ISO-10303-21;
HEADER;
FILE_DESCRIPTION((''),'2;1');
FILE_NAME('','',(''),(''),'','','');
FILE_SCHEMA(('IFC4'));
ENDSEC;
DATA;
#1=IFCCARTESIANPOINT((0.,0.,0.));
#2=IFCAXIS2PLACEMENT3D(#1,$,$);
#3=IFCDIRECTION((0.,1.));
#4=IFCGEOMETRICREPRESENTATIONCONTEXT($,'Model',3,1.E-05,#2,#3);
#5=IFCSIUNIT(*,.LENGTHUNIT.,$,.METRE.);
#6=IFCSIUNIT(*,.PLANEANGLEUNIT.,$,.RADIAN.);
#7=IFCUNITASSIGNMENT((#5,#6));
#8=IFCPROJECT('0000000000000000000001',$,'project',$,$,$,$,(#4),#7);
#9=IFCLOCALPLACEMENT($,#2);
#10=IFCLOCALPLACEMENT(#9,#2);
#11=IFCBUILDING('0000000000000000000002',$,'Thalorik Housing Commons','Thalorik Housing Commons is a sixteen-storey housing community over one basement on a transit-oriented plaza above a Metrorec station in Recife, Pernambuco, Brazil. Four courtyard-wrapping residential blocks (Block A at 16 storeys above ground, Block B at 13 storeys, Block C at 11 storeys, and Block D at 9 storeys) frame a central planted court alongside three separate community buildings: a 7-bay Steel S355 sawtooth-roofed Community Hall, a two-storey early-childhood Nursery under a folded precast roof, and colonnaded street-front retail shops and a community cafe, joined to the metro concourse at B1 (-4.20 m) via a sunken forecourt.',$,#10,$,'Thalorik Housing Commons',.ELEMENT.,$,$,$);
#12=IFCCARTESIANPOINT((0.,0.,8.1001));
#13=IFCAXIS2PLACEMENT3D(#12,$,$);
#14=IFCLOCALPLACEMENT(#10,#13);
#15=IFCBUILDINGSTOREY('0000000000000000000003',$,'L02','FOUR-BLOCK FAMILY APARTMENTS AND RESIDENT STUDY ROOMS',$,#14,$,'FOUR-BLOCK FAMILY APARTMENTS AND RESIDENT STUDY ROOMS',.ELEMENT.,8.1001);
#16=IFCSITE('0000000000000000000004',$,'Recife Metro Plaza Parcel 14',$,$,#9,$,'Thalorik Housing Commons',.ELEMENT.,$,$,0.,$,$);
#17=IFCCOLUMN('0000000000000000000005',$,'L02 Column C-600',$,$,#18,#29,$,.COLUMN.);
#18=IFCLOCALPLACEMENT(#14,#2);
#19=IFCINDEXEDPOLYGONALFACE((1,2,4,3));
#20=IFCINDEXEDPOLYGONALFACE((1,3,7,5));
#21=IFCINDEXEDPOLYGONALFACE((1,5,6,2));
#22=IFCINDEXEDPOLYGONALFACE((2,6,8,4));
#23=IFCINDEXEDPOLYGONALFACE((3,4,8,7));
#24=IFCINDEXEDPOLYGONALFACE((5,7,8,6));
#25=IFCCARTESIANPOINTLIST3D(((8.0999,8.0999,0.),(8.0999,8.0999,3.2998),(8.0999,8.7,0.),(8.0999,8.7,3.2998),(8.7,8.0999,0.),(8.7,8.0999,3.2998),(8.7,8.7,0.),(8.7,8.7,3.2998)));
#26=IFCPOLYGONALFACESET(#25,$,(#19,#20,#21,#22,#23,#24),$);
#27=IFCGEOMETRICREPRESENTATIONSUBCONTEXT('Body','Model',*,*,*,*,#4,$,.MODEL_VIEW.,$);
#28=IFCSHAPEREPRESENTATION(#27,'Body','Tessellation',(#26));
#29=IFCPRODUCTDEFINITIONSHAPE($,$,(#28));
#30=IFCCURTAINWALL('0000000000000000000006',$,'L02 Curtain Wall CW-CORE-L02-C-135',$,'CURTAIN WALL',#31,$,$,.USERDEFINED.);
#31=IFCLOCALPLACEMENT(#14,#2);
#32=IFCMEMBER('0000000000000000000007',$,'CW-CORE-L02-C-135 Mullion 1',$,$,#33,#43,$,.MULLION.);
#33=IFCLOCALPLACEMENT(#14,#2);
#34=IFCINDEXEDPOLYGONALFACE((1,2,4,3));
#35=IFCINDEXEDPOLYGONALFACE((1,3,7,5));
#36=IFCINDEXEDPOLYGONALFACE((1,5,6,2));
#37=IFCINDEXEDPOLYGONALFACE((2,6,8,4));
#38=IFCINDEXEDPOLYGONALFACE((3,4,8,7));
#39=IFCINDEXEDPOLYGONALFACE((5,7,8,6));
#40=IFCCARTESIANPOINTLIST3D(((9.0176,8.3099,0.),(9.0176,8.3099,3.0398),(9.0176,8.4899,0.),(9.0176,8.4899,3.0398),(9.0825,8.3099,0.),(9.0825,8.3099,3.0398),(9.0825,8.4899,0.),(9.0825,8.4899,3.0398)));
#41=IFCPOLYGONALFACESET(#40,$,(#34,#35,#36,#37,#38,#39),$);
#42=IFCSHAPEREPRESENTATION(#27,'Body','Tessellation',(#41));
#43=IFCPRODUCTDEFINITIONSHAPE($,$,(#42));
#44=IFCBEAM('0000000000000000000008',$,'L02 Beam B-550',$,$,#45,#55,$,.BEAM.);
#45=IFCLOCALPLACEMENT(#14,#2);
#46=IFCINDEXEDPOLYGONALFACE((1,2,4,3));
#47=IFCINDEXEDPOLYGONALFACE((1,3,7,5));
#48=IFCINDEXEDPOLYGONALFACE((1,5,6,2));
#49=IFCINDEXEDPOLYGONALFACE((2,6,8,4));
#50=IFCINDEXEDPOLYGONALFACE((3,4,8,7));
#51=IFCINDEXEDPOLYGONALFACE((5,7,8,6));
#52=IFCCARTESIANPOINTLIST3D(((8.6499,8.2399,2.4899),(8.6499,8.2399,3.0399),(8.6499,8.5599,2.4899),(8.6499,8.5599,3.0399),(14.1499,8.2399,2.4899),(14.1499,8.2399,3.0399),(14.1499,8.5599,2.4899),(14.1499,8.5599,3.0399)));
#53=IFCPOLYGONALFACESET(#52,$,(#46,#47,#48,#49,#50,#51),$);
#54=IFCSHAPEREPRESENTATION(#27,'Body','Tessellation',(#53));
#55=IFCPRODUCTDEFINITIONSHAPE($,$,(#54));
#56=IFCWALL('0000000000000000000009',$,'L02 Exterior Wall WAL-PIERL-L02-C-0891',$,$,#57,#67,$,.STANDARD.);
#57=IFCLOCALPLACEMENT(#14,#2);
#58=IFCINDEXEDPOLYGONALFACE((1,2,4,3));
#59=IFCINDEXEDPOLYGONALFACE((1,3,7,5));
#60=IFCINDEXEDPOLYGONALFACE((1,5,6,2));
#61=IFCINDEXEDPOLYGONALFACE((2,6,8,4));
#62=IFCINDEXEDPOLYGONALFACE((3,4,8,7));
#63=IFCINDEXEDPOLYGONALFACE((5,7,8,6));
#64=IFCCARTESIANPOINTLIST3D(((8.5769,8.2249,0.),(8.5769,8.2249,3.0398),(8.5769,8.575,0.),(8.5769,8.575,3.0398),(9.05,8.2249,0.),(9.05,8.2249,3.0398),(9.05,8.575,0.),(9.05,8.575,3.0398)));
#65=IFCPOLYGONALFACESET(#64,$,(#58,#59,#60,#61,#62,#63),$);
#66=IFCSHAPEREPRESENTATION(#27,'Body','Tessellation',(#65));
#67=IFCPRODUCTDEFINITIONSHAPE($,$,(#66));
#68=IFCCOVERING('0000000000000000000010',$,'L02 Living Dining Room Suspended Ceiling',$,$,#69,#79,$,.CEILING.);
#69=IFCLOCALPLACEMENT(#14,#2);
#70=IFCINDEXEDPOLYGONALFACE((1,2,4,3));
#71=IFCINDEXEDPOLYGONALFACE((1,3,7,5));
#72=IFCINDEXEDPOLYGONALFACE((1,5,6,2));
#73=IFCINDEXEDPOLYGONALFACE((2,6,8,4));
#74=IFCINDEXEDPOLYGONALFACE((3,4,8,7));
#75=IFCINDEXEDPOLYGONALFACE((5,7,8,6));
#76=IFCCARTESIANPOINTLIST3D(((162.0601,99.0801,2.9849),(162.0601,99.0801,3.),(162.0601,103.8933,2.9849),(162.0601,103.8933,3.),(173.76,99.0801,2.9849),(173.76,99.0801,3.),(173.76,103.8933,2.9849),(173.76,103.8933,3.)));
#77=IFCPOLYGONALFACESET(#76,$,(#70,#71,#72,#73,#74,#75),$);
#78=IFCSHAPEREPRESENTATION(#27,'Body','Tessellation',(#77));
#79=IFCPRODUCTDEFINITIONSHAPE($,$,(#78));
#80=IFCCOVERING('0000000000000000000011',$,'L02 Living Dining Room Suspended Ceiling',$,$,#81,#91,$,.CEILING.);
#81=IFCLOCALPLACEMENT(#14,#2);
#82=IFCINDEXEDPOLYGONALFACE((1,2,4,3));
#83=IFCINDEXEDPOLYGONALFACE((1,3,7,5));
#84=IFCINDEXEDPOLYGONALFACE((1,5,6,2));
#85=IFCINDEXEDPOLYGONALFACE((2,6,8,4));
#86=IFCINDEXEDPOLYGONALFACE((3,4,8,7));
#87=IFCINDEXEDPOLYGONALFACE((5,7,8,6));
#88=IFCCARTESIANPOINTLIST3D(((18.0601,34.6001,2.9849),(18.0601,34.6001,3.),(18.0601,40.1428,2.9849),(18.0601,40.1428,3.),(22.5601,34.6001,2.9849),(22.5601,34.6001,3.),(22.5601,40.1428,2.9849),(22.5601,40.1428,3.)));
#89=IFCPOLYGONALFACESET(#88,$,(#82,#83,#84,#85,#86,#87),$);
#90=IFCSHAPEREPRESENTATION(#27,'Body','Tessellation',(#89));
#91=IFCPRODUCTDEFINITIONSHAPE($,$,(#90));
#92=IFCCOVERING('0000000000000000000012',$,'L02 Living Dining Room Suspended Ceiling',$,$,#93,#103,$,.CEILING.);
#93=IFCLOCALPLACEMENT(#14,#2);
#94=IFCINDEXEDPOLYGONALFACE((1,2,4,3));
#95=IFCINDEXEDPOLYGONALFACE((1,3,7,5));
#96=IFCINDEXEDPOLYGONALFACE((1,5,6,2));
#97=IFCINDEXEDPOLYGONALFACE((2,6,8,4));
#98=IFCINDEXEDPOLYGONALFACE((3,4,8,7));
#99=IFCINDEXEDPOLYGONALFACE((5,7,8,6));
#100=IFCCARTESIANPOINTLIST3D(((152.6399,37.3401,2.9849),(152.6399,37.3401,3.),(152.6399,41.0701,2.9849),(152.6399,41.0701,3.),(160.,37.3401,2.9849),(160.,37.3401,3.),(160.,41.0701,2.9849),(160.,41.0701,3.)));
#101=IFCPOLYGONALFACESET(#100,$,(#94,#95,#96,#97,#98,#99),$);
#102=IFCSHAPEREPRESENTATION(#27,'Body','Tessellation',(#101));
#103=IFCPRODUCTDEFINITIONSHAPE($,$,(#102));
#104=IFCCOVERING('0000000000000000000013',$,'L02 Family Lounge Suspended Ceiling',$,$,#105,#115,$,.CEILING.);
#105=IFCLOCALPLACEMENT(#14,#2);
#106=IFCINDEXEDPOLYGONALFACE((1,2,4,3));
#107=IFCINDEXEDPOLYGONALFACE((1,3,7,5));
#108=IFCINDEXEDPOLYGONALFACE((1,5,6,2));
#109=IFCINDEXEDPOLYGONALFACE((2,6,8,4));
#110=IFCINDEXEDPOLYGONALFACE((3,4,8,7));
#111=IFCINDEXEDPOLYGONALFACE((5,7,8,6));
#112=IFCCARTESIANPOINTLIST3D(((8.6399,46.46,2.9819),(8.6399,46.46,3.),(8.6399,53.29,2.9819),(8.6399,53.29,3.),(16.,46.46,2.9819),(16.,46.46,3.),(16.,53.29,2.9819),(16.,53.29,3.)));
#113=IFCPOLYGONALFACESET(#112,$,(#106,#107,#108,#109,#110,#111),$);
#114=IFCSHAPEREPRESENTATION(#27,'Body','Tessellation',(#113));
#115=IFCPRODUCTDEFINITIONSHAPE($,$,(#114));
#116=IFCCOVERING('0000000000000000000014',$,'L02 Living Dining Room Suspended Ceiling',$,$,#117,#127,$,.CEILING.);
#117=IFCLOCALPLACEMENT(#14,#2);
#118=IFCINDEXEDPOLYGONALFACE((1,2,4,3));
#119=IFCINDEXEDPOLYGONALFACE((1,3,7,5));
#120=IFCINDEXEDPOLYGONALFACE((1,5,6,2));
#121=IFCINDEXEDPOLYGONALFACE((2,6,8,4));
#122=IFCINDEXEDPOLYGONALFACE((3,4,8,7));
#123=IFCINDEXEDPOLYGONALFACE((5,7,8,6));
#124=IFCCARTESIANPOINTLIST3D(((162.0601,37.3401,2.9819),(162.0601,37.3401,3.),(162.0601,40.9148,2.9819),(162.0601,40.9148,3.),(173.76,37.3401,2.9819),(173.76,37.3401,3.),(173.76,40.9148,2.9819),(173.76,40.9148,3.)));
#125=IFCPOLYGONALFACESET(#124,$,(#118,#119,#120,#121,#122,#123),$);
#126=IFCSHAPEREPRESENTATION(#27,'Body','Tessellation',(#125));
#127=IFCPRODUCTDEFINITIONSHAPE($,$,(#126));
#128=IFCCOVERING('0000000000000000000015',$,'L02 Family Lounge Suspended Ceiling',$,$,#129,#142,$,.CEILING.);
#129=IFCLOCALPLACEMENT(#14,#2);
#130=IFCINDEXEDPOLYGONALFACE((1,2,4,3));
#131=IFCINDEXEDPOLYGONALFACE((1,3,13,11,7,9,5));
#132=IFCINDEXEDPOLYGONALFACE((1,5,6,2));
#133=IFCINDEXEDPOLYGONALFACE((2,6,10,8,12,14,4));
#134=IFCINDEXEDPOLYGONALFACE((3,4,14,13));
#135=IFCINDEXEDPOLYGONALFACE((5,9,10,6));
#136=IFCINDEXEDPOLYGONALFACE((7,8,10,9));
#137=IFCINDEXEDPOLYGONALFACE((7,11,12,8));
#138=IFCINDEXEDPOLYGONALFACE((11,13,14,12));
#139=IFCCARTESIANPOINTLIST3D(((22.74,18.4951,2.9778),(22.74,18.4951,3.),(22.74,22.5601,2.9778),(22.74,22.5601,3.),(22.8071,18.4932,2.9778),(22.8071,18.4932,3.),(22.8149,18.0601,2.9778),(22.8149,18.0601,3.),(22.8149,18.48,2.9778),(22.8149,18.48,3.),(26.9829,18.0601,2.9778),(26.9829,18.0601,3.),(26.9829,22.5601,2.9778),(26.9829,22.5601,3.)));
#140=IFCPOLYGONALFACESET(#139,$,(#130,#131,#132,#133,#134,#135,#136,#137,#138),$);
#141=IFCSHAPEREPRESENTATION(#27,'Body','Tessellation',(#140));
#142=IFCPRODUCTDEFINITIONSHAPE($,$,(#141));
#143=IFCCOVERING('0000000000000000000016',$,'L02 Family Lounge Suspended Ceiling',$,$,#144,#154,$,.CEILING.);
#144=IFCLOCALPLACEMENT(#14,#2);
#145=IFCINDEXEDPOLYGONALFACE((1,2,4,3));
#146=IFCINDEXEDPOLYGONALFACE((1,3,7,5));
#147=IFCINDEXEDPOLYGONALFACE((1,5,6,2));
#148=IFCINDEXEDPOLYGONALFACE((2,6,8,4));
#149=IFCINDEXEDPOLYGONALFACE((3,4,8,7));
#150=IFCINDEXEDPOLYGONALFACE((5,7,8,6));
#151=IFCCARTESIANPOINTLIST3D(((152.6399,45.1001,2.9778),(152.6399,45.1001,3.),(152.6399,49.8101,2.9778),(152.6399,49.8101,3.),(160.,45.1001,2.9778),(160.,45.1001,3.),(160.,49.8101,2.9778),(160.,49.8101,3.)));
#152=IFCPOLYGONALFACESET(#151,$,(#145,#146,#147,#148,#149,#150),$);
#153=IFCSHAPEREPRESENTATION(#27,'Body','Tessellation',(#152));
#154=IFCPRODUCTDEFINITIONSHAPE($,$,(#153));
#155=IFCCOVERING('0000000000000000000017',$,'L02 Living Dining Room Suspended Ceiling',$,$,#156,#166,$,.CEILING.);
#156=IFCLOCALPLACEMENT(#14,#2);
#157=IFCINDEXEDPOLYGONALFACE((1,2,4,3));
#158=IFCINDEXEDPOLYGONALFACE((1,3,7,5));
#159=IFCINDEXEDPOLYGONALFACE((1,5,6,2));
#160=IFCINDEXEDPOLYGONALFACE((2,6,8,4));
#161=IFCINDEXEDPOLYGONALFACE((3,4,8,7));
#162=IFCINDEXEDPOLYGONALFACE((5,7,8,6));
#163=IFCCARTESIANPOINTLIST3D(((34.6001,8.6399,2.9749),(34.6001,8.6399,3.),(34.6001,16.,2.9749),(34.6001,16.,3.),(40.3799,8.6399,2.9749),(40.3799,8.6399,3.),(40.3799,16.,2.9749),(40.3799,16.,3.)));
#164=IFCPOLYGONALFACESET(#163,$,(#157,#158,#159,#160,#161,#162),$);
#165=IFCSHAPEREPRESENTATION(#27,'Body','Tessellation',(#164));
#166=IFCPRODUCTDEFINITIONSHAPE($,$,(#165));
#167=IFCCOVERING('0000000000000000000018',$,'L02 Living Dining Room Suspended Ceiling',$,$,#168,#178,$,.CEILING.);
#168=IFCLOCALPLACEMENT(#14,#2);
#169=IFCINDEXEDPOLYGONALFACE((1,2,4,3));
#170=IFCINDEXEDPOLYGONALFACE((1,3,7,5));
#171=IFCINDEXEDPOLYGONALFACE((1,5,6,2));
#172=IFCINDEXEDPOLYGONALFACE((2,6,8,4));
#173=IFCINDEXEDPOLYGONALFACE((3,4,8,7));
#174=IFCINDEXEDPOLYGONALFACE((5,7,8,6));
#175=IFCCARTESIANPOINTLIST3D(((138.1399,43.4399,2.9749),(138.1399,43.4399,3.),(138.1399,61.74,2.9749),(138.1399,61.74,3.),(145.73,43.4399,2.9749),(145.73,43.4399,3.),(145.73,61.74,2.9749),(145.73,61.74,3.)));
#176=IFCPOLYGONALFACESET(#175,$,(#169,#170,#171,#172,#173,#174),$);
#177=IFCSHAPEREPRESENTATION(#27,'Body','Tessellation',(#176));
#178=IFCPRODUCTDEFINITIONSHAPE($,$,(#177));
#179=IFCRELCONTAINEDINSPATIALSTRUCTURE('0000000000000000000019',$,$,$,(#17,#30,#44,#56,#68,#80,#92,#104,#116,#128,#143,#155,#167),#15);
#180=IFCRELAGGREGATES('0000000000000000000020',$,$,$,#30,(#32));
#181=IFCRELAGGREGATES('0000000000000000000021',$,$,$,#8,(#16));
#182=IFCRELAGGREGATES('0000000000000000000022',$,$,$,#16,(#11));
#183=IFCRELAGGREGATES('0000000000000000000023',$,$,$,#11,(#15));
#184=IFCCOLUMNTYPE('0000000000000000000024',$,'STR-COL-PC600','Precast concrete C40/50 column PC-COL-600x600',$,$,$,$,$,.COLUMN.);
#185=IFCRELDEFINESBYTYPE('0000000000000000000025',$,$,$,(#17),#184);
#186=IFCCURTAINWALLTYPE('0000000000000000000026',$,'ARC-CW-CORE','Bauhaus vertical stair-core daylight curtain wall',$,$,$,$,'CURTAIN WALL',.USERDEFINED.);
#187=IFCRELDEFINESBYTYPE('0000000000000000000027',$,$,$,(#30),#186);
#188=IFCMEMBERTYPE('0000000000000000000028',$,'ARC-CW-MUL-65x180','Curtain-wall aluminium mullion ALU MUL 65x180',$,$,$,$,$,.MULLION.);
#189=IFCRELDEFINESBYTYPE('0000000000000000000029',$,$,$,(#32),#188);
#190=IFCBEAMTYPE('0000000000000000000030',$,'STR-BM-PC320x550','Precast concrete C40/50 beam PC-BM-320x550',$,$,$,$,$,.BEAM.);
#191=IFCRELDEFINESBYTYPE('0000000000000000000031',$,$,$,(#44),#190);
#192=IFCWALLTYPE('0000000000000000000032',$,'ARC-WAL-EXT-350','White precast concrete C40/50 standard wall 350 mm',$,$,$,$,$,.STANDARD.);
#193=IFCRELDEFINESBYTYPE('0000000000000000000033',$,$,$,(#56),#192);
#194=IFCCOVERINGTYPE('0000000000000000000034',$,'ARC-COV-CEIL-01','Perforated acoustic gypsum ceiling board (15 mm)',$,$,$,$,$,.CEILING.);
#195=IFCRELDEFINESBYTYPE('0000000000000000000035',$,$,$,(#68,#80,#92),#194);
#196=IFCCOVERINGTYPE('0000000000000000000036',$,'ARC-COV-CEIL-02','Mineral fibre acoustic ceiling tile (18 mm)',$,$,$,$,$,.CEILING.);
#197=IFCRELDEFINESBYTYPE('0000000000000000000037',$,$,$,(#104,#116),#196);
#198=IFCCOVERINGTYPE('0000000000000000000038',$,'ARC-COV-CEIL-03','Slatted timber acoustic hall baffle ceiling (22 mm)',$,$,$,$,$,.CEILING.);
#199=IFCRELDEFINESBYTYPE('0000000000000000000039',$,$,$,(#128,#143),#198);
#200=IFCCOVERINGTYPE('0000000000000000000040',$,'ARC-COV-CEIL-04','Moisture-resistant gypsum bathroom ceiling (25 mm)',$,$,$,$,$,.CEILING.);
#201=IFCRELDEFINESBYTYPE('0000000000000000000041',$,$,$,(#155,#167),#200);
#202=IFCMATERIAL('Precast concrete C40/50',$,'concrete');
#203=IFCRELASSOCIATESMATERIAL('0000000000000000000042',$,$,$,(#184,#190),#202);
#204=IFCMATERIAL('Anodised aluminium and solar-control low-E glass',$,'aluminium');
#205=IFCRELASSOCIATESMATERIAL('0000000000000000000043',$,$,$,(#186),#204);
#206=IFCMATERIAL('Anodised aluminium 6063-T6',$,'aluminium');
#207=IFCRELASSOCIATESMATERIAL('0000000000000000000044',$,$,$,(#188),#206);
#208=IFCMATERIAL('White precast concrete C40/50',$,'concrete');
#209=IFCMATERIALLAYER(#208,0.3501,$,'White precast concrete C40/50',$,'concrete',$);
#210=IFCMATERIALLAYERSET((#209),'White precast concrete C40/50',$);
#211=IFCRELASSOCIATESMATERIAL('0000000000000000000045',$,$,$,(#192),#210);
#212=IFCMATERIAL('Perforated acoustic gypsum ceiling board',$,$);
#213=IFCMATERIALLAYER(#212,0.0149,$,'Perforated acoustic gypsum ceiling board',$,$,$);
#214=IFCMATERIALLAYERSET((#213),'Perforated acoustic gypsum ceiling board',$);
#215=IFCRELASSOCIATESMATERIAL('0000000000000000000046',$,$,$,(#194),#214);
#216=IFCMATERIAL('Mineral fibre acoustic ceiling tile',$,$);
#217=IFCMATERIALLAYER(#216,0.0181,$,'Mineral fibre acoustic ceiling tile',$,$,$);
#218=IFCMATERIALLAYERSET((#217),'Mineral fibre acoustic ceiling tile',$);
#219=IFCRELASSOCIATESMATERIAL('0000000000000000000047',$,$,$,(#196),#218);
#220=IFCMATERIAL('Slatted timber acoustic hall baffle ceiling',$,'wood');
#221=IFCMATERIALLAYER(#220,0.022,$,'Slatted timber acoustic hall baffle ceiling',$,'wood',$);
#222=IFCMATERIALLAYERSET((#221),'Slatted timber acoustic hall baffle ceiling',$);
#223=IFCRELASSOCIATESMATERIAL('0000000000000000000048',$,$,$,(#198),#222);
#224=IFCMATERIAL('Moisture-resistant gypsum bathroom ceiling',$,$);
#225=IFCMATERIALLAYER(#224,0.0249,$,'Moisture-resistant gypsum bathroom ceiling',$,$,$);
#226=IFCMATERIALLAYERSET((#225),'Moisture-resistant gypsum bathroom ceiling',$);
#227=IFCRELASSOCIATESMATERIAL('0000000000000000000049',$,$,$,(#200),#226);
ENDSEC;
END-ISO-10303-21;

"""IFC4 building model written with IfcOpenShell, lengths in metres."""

from ifc_helpers import new_model, si_unit, direction, frame, frame_2d, origin, origin_2d, place, context, subcontext, project, spatial, polyline, rectangle, outline, extrude, material, layer, layer_set, material_profile, profile_set, type_object, element, aggregate, save


model = new_model("IFC4")

# Units and contexts
model_context = context("Model", 3, precision=1e-05, world=origin(), true_north=direction((0.0, 1.0)))
body_context = subcontext(model_context, "Body", "Model", "MODEL_VIEW")
ifc_project = project(units=[si_unit("LENGTHUNIT", "METRE"), si_unit("PLANEANGLEUNIT", "RADIAN")], contexts=[model_context])

# Site, building, storey
site_placement = place(None, origin())
site = spatial("IfcSite", under=ifc_project, at=site_placement, Name="Recife Metro Plaza Parcel 14", LongName="Thalorik Housing Commons", CompositionType="ELEMENT", RefElevation=0.0)
building_placement = place(site_placement, origin())
building = spatial("IfcBuilding", under=site, at=building_placement, Name="Thalorik Housing Commons", Description="Thalorik Housing Commons is a sixteen-storey housing community over one basement on a transit-oriented plaza above a Metrorec station in Recife, Pernambuco, Brazil. Four courtyard-wrapping residential blocks (Block A at 16 storeys above ground, Block B at 13 storeys, Block C at 11 storeys, and Block D at 9 storeys) frame a central planted court alongside three separate community buildings: a 7-bay Steel S355 sawtooth-roofed Community Hall, a two-storey early-childhood Nursery under a folded precast roof, and colonnaded street-front retail shops and a community cafe, joined to the metro concourse at B1 (-4.20 m) via a sunken forecourt.", LongName="Thalorik Housing Commons", CompositionType="ELEMENT")
storey_placement = place(building_placement, frame((0.0, 0.0, 8.1001)))
storey = spatial("IfcBuildingStorey", under=building, at=storey_placement, Name="L02", Description="FOUR-BLOCK FAMILY APARTMENTS AND RESIDENT STUDY ROOMS", LongName="FOUR-BLOCK FAMILY APARTMENTS AND RESIDENT STUDY ROOMS", CompositionType="ELEMENT", Elevation=8.1001)

# Column
ifc_material_1 = material(Name="Precast concrete C40/50", Category="concrete")
ifc_material_profile_1 = material_profile(ifc_material_1, rectangle(XDim=0.6001, YDim=0.6001, at=origin_2d()), Name="PC 600x600", Category="concrete")
ifc_profile_set_1 = profile_set([ifc_material_profile_1], Name="Precast concrete C40/50")
column_type = type_object("IfcColumnType", Name="STR-COL-PC600", Description="Precast concrete C40/50 column PC-COL-600x600", PredefinedType="COLUMN", material=ifc_profile_set_1)
column_placement = place(storey_placement, frame((8.3999, 8.3999, 0.0), z_axis=(0.0, 0.0, 1.0), x_axis=(1.0, 0.0, 0.0)))
element("IfcColumn", 1, at=column_placement, inside=storey, type_object=column_type, Name="L02 Column C-600", PredefinedType="COLUMN", context=body_context, shape_type="SweptSolid", body=[
    extrude(rectangle(XDim=0.6001, YDim=0.6001, at=origin_2d()), origin(), (0.0, 0.0, 1.0), 3.2998),
])

# Curtain wall, member
ifc_material_2 = material(Name="Anodised aluminium and solar-control low-E glass", Category="aluminium")
curtain_wall_type = type_object("IfcCurtainWallType", Name="ARC-CW-CORE", Description="Bauhaus vertical stair-core daylight curtain wall", ElementType="CURTAIN WALL", PredefinedType="USERDEFINED", material=ifc_material_2)
curtain_wall_placement = place(storey_placement, origin())
curtain_wall = element("IfcCurtainWall", 2, at=curtain_wall_placement, inside=storey, type_object=curtain_wall_type, Name="L02 Curtain Wall CW-CORE-L02-C-135", ObjectType="CURTAIN WALL", PredefinedType="USERDEFINED")
ifc_material_3 = material(Name="Anodised aluminium 6063-T6", Category="aluminium")
ifc_material_profile_2 = material_profile(ifc_material_3, rectangle(XDim=0.0649, YDim=0.1799, at=origin_2d()), Name="ALU MUL 65x180", Category="aluminium")
ifc_profile_set_2 = profile_set([ifc_material_profile_2], Name="Anodised aluminium 6063-T6")
member_type = type_object("IfcMemberType", Name="ARC-CW-MUL-65x180", Description="Curtain-wall aluminium mullion ALU MUL 65x180", PredefinedType="MULLION", material=ifc_profile_set_2)
member_placement = place(storey_placement, frame((9.05, 8.3999, 0.0), z_axis=(0.0, 0.0, 1.0), x_axis=(1.0, 0.0, 0.0)))
member = element("IfcMember", 3, at=member_placement, type_object=member_type, Name="CW-CORE-L02-C-135 Mullion 1", PredefinedType="MULLION", context=body_context, shape_type="SweptSolid", body=[
    extrude(rectangle(XDim=0.0649, YDim=0.1799, at=origin_2d()), origin(), (0.0, 0.0, 1.0), 3.0398),
])
aggregate(curtain_wall, [member])

# Beam
ifc_material_profile_3 = material_profile(ifc_material_1, rectangle(XDim=0.3201, YDim=0.55, at=origin_2d()), Name="PC 320x550", Category="concrete")
ifc_profile_set_3 = profile_set([ifc_material_profile_3], Name="Precast concrete C40/50")
beam_type = type_object("IfcBeamType", Name="STR-BM-PC320x550", Description="Precast concrete C40/50 beam PC-BM-320x550", PredefinedType="BEAM", material=ifc_profile_set_3)
beam_placement = place(storey_placement, frame((8.6499, 8.3999, 2.7649), z_axis=(1.0, 0.0, 0.0), x_axis=(0.0, 1.0, 0.0)))
element("IfcBeam", 4, at=beam_placement, inside=storey, type_object=beam_type, Name="L02 Beam B-550", PredefinedType="BEAM", context=body_context, shape_type="SweptSolid", body=[
    extrude(rectangle(XDim=0.3201, YDim=0.55, at=origin_2d()), origin(), (0.0, 0.0, 1.0), 5.5),
])

# Wall
ifc_material_4 = material(Name="White precast concrete C40/50", Category="concrete")
ifc_layer_1 = layer(ifc_material_4, 0.3501, Name="White precast concrete C40/50", Category="concrete")
ifc_layer_set_1 = layer_set([ifc_layer_1], Name="White precast concrete C40/50")
wall_type = type_object("IfcWallType", Name="ARC-WAL-EXT-350", Description="White precast concrete C40/50 standard wall 350 mm", PredefinedType="STANDARD", material=ifc_layer_set_1)
wall_placement = place(storey_placement, frame((8.5769, 8.3999, 0.0), z_axis=(0.0, 0.0, 1.0), x_axis=(1.0, 0.0, 0.0)))
element("IfcWall", 5, at=wall_placement, inside=storey, type_object=wall_type, Name="L02 Exterior Wall WAL-PIERL-L02-C-0891", PredefinedType="STANDARD", context=body_context, shape_type="SweptSolid", body=[
    extrude(rectangle(XDim=0.4731, YDim=0.3501, at=frame_2d((0.2366, 0.0))), origin(), (0.0, 0.0, 1.0), 3.0398),
])

# Coverings
ifc_material_5 = material(Name="Perforated acoustic gypsum ceiling board")
ifc_layer_2 = layer(ifc_material_5, 0.0149, Name="Perforated acoustic gypsum ceiling board")
ifc_layer_set_2 = layer_set([ifc_layer_2], Name="Perforated acoustic gypsum ceiling board")
covering_type_1 = type_object("IfcCoveringType", Name="ARC-COV-CEIL-01", Description="Perforated acoustic gypsum ceiling board (15 mm)", PredefinedType="CEILING", material=ifc_layer_set_2)
covering_1_placement = place(storey_placement, frame((0.0, 0.0, 2.9849)))
element("IfcCovering", 6, at=covering_1_placement, inside=storey, type_object=covering_type_1, Name="L02 Living Dining Room Suspended Ceiling", PredefinedType="CEILING", context=body_context, shape_type="SweptSolid", body=[
    extrude(outline(polyline([(173.76, 103.8933), (162.0601, 103.8933), (162.0601, 99.0801), (173.76, 99.0801), (173.76, 103.8933)])), origin(), (0.0, 0.0, 1.0), 0.0151),
])
covering_2_placement = place(storey_placement, frame((0.0, 0.0, 2.9849)))
element("IfcCovering", 7, at=covering_2_placement, inside=storey, type_object=covering_type_1, Name="L02 Living Dining Room Suspended Ceiling", PredefinedType="CEILING", context=body_context, shape_type="SweptSolid", body=[
    extrude(outline(polyline([(22.5601, 40.1428), (18.0601, 40.1428), (18.0601, 34.6001), (22.5601, 34.6001), (22.5601, 40.1428)])), origin(), (0.0, 0.0, 1.0), 0.0151),
])
covering_3_placement = place(storey_placement, frame((0.0, 0.0, 2.9849)))
element("IfcCovering", 8, at=covering_3_placement, inside=storey, type_object=covering_type_1, Name="L02 Living Dining Room Suspended Ceiling", PredefinedType="CEILING", context=body_context, shape_type="SweptSolid", body=[
    extrude(outline(polyline([(160.0, 41.0701), (152.6399, 41.0701), (152.6399, 37.3401), (160.0, 37.3401), (160.0, 41.0701)])), origin(), (0.0, 0.0, 1.0), 0.0151),
])
ifc_material_6 = material(Name="Mineral fibre acoustic ceiling tile")
ifc_layer_3 = layer(ifc_material_6, 0.0181, Name="Mineral fibre acoustic ceiling tile")
ifc_layer_set_3 = layer_set([ifc_layer_3], Name="Mineral fibre acoustic ceiling tile")
covering_type_2 = type_object("IfcCoveringType", Name="ARC-COV-CEIL-02", Description="Mineral fibre acoustic ceiling tile (18 mm)", PredefinedType="CEILING", material=ifc_layer_set_3)
covering_4_placement = place(storey_placement, frame((0.0, 0.0, 2.9819)))
element("IfcCovering", 9, at=covering_4_placement, inside=storey, type_object=covering_type_2, Name="L02 Family Lounge Suspended Ceiling", PredefinedType="CEILING", context=body_context, shape_type="SweptSolid", body=[
    extrude(outline(polyline([(16.0, 53.29), (8.6399, 53.29), (8.6399, 46.46), (16.0, 46.46), (16.0, 53.29)])), origin(), (0.0, 0.0, 1.0), 0.0181),
])
covering_5_placement = place(storey_placement, frame((0.0, 0.0, 2.9819)))
element("IfcCovering", 10, at=covering_5_placement, inside=storey, type_object=covering_type_2, Name="L02 Living Dining Room Suspended Ceiling", PredefinedType="CEILING", context=body_context, shape_type="SweptSolid", body=[
    extrude(outline(polyline([(173.76, 40.9148), (162.0601, 40.9148), (162.0601, 37.3401), (173.76, 37.3401), (173.76, 40.9148)])), origin(), (0.0, 0.0, 1.0), 0.0181),
])
ifc_material_7 = material(Name="Slatted timber acoustic hall baffle ceiling", Category="wood")
ifc_layer_4 = layer(ifc_material_7, 0.022, Name="Slatted timber acoustic hall baffle ceiling", Category="wood")
ifc_layer_set_4 = layer_set([ifc_layer_4], Name="Slatted timber acoustic hall baffle ceiling")
covering_type_3 = type_object("IfcCoveringType", Name="ARC-COV-CEIL-03", Description="Slatted timber acoustic hall baffle ceiling (22 mm)", PredefinedType="CEILING", material=ifc_layer_set_4)
covering_6_placement = place(storey_placement, frame((0.0, 0.0, 2.9778)))
element("IfcCovering", 11, at=covering_6_placement, inside=storey, type_object=covering_type_3, Name="L02 Family Lounge Suspended Ceiling", PredefinedType="CEILING", context=body_context, shape_type="SweptSolid", body=[
    extrude(outline(polyline([(22.74, 18.4951), (22.8071, 18.4932), (22.8149, 18.48), (22.8149, 18.0601), (26.9829, 18.0601), (26.9829, 22.5601), (22.74, 22.5601), (22.74, 18.4951)])), origin(), (0.0, 0.0, 1.0), 0.0222),
])
covering_7_placement = place(storey_placement, frame((0.0, 0.0, 2.9778)))
element("IfcCovering", 12, at=covering_7_placement, inside=storey, type_object=covering_type_3, Name="L02 Family Lounge Suspended Ceiling", PredefinedType="CEILING", context=body_context, shape_type="SweptSolid", body=[
    extrude(outline(polyline([(160.0, 49.8101), (152.6399, 49.8101), (152.6399, 45.1001), (160.0, 45.1001), (160.0, 49.8101)])), origin(), (0.0, 0.0, 1.0), 0.0222),
])
ifc_material_8 = material(Name="Moisture-resistant gypsum bathroom ceiling")
ifc_layer_5 = layer(ifc_material_8, 0.0249, Name="Moisture-resistant gypsum bathroom ceiling")
ifc_layer_set_5 = layer_set([ifc_layer_5], Name="Moisture-resistant gypsum bathroom ceiling")
covering_type_4 = type_object("IfcCoveringType", Name="ARC-COV-CEIL-04", Description="Moisture-resistant gypsum bathroom ceiling (25 mm)", PredefinedType="CEILING", material=ifc_layer_set_5)
covering_8_placement = place(storey_placement, frame((0.0, 0.0, 2.9749)))
element("IfcCovering", 13, at=covering_8_placement, inside=storey, type_object=covering_type_4, Name="L02 Living Dining Room Suspended Ceiling", PredefinedType="CEILING", context=body_context, shape_type="SweptSolid", body=[
    extrude(outline(polyline([(40.3799, 8.6399), (40.3799, 16.0), (34.6001, 16.0), (34.6001, 8.6399), (40.3799, 8.6399)])), origin(), (0.0, 0.0, 1.0), 0.0251),
])
covering_9_placement = place(storey_placement, frame((0.0, 0.0, 2.9749)))
element("IfcCovering", 14, at=covering_9_placement, inside=storey, type_object=covering_type_4, Name="L02 Living Dining Room Suspended Ceiling", PredefinedType="CEILING", context=body_context, shape_type="SweptSolid", body=[
    extrude(outline(polyline([(145.73, 43.4399), (145.73, 61.74), (138.1399, 61.74), (138.1399, 43.4399), (145.73, 43.4399)])), origin(), (0.0, 0.0, 1.0), 0.0251),
])

save(model, "model.ifc")
